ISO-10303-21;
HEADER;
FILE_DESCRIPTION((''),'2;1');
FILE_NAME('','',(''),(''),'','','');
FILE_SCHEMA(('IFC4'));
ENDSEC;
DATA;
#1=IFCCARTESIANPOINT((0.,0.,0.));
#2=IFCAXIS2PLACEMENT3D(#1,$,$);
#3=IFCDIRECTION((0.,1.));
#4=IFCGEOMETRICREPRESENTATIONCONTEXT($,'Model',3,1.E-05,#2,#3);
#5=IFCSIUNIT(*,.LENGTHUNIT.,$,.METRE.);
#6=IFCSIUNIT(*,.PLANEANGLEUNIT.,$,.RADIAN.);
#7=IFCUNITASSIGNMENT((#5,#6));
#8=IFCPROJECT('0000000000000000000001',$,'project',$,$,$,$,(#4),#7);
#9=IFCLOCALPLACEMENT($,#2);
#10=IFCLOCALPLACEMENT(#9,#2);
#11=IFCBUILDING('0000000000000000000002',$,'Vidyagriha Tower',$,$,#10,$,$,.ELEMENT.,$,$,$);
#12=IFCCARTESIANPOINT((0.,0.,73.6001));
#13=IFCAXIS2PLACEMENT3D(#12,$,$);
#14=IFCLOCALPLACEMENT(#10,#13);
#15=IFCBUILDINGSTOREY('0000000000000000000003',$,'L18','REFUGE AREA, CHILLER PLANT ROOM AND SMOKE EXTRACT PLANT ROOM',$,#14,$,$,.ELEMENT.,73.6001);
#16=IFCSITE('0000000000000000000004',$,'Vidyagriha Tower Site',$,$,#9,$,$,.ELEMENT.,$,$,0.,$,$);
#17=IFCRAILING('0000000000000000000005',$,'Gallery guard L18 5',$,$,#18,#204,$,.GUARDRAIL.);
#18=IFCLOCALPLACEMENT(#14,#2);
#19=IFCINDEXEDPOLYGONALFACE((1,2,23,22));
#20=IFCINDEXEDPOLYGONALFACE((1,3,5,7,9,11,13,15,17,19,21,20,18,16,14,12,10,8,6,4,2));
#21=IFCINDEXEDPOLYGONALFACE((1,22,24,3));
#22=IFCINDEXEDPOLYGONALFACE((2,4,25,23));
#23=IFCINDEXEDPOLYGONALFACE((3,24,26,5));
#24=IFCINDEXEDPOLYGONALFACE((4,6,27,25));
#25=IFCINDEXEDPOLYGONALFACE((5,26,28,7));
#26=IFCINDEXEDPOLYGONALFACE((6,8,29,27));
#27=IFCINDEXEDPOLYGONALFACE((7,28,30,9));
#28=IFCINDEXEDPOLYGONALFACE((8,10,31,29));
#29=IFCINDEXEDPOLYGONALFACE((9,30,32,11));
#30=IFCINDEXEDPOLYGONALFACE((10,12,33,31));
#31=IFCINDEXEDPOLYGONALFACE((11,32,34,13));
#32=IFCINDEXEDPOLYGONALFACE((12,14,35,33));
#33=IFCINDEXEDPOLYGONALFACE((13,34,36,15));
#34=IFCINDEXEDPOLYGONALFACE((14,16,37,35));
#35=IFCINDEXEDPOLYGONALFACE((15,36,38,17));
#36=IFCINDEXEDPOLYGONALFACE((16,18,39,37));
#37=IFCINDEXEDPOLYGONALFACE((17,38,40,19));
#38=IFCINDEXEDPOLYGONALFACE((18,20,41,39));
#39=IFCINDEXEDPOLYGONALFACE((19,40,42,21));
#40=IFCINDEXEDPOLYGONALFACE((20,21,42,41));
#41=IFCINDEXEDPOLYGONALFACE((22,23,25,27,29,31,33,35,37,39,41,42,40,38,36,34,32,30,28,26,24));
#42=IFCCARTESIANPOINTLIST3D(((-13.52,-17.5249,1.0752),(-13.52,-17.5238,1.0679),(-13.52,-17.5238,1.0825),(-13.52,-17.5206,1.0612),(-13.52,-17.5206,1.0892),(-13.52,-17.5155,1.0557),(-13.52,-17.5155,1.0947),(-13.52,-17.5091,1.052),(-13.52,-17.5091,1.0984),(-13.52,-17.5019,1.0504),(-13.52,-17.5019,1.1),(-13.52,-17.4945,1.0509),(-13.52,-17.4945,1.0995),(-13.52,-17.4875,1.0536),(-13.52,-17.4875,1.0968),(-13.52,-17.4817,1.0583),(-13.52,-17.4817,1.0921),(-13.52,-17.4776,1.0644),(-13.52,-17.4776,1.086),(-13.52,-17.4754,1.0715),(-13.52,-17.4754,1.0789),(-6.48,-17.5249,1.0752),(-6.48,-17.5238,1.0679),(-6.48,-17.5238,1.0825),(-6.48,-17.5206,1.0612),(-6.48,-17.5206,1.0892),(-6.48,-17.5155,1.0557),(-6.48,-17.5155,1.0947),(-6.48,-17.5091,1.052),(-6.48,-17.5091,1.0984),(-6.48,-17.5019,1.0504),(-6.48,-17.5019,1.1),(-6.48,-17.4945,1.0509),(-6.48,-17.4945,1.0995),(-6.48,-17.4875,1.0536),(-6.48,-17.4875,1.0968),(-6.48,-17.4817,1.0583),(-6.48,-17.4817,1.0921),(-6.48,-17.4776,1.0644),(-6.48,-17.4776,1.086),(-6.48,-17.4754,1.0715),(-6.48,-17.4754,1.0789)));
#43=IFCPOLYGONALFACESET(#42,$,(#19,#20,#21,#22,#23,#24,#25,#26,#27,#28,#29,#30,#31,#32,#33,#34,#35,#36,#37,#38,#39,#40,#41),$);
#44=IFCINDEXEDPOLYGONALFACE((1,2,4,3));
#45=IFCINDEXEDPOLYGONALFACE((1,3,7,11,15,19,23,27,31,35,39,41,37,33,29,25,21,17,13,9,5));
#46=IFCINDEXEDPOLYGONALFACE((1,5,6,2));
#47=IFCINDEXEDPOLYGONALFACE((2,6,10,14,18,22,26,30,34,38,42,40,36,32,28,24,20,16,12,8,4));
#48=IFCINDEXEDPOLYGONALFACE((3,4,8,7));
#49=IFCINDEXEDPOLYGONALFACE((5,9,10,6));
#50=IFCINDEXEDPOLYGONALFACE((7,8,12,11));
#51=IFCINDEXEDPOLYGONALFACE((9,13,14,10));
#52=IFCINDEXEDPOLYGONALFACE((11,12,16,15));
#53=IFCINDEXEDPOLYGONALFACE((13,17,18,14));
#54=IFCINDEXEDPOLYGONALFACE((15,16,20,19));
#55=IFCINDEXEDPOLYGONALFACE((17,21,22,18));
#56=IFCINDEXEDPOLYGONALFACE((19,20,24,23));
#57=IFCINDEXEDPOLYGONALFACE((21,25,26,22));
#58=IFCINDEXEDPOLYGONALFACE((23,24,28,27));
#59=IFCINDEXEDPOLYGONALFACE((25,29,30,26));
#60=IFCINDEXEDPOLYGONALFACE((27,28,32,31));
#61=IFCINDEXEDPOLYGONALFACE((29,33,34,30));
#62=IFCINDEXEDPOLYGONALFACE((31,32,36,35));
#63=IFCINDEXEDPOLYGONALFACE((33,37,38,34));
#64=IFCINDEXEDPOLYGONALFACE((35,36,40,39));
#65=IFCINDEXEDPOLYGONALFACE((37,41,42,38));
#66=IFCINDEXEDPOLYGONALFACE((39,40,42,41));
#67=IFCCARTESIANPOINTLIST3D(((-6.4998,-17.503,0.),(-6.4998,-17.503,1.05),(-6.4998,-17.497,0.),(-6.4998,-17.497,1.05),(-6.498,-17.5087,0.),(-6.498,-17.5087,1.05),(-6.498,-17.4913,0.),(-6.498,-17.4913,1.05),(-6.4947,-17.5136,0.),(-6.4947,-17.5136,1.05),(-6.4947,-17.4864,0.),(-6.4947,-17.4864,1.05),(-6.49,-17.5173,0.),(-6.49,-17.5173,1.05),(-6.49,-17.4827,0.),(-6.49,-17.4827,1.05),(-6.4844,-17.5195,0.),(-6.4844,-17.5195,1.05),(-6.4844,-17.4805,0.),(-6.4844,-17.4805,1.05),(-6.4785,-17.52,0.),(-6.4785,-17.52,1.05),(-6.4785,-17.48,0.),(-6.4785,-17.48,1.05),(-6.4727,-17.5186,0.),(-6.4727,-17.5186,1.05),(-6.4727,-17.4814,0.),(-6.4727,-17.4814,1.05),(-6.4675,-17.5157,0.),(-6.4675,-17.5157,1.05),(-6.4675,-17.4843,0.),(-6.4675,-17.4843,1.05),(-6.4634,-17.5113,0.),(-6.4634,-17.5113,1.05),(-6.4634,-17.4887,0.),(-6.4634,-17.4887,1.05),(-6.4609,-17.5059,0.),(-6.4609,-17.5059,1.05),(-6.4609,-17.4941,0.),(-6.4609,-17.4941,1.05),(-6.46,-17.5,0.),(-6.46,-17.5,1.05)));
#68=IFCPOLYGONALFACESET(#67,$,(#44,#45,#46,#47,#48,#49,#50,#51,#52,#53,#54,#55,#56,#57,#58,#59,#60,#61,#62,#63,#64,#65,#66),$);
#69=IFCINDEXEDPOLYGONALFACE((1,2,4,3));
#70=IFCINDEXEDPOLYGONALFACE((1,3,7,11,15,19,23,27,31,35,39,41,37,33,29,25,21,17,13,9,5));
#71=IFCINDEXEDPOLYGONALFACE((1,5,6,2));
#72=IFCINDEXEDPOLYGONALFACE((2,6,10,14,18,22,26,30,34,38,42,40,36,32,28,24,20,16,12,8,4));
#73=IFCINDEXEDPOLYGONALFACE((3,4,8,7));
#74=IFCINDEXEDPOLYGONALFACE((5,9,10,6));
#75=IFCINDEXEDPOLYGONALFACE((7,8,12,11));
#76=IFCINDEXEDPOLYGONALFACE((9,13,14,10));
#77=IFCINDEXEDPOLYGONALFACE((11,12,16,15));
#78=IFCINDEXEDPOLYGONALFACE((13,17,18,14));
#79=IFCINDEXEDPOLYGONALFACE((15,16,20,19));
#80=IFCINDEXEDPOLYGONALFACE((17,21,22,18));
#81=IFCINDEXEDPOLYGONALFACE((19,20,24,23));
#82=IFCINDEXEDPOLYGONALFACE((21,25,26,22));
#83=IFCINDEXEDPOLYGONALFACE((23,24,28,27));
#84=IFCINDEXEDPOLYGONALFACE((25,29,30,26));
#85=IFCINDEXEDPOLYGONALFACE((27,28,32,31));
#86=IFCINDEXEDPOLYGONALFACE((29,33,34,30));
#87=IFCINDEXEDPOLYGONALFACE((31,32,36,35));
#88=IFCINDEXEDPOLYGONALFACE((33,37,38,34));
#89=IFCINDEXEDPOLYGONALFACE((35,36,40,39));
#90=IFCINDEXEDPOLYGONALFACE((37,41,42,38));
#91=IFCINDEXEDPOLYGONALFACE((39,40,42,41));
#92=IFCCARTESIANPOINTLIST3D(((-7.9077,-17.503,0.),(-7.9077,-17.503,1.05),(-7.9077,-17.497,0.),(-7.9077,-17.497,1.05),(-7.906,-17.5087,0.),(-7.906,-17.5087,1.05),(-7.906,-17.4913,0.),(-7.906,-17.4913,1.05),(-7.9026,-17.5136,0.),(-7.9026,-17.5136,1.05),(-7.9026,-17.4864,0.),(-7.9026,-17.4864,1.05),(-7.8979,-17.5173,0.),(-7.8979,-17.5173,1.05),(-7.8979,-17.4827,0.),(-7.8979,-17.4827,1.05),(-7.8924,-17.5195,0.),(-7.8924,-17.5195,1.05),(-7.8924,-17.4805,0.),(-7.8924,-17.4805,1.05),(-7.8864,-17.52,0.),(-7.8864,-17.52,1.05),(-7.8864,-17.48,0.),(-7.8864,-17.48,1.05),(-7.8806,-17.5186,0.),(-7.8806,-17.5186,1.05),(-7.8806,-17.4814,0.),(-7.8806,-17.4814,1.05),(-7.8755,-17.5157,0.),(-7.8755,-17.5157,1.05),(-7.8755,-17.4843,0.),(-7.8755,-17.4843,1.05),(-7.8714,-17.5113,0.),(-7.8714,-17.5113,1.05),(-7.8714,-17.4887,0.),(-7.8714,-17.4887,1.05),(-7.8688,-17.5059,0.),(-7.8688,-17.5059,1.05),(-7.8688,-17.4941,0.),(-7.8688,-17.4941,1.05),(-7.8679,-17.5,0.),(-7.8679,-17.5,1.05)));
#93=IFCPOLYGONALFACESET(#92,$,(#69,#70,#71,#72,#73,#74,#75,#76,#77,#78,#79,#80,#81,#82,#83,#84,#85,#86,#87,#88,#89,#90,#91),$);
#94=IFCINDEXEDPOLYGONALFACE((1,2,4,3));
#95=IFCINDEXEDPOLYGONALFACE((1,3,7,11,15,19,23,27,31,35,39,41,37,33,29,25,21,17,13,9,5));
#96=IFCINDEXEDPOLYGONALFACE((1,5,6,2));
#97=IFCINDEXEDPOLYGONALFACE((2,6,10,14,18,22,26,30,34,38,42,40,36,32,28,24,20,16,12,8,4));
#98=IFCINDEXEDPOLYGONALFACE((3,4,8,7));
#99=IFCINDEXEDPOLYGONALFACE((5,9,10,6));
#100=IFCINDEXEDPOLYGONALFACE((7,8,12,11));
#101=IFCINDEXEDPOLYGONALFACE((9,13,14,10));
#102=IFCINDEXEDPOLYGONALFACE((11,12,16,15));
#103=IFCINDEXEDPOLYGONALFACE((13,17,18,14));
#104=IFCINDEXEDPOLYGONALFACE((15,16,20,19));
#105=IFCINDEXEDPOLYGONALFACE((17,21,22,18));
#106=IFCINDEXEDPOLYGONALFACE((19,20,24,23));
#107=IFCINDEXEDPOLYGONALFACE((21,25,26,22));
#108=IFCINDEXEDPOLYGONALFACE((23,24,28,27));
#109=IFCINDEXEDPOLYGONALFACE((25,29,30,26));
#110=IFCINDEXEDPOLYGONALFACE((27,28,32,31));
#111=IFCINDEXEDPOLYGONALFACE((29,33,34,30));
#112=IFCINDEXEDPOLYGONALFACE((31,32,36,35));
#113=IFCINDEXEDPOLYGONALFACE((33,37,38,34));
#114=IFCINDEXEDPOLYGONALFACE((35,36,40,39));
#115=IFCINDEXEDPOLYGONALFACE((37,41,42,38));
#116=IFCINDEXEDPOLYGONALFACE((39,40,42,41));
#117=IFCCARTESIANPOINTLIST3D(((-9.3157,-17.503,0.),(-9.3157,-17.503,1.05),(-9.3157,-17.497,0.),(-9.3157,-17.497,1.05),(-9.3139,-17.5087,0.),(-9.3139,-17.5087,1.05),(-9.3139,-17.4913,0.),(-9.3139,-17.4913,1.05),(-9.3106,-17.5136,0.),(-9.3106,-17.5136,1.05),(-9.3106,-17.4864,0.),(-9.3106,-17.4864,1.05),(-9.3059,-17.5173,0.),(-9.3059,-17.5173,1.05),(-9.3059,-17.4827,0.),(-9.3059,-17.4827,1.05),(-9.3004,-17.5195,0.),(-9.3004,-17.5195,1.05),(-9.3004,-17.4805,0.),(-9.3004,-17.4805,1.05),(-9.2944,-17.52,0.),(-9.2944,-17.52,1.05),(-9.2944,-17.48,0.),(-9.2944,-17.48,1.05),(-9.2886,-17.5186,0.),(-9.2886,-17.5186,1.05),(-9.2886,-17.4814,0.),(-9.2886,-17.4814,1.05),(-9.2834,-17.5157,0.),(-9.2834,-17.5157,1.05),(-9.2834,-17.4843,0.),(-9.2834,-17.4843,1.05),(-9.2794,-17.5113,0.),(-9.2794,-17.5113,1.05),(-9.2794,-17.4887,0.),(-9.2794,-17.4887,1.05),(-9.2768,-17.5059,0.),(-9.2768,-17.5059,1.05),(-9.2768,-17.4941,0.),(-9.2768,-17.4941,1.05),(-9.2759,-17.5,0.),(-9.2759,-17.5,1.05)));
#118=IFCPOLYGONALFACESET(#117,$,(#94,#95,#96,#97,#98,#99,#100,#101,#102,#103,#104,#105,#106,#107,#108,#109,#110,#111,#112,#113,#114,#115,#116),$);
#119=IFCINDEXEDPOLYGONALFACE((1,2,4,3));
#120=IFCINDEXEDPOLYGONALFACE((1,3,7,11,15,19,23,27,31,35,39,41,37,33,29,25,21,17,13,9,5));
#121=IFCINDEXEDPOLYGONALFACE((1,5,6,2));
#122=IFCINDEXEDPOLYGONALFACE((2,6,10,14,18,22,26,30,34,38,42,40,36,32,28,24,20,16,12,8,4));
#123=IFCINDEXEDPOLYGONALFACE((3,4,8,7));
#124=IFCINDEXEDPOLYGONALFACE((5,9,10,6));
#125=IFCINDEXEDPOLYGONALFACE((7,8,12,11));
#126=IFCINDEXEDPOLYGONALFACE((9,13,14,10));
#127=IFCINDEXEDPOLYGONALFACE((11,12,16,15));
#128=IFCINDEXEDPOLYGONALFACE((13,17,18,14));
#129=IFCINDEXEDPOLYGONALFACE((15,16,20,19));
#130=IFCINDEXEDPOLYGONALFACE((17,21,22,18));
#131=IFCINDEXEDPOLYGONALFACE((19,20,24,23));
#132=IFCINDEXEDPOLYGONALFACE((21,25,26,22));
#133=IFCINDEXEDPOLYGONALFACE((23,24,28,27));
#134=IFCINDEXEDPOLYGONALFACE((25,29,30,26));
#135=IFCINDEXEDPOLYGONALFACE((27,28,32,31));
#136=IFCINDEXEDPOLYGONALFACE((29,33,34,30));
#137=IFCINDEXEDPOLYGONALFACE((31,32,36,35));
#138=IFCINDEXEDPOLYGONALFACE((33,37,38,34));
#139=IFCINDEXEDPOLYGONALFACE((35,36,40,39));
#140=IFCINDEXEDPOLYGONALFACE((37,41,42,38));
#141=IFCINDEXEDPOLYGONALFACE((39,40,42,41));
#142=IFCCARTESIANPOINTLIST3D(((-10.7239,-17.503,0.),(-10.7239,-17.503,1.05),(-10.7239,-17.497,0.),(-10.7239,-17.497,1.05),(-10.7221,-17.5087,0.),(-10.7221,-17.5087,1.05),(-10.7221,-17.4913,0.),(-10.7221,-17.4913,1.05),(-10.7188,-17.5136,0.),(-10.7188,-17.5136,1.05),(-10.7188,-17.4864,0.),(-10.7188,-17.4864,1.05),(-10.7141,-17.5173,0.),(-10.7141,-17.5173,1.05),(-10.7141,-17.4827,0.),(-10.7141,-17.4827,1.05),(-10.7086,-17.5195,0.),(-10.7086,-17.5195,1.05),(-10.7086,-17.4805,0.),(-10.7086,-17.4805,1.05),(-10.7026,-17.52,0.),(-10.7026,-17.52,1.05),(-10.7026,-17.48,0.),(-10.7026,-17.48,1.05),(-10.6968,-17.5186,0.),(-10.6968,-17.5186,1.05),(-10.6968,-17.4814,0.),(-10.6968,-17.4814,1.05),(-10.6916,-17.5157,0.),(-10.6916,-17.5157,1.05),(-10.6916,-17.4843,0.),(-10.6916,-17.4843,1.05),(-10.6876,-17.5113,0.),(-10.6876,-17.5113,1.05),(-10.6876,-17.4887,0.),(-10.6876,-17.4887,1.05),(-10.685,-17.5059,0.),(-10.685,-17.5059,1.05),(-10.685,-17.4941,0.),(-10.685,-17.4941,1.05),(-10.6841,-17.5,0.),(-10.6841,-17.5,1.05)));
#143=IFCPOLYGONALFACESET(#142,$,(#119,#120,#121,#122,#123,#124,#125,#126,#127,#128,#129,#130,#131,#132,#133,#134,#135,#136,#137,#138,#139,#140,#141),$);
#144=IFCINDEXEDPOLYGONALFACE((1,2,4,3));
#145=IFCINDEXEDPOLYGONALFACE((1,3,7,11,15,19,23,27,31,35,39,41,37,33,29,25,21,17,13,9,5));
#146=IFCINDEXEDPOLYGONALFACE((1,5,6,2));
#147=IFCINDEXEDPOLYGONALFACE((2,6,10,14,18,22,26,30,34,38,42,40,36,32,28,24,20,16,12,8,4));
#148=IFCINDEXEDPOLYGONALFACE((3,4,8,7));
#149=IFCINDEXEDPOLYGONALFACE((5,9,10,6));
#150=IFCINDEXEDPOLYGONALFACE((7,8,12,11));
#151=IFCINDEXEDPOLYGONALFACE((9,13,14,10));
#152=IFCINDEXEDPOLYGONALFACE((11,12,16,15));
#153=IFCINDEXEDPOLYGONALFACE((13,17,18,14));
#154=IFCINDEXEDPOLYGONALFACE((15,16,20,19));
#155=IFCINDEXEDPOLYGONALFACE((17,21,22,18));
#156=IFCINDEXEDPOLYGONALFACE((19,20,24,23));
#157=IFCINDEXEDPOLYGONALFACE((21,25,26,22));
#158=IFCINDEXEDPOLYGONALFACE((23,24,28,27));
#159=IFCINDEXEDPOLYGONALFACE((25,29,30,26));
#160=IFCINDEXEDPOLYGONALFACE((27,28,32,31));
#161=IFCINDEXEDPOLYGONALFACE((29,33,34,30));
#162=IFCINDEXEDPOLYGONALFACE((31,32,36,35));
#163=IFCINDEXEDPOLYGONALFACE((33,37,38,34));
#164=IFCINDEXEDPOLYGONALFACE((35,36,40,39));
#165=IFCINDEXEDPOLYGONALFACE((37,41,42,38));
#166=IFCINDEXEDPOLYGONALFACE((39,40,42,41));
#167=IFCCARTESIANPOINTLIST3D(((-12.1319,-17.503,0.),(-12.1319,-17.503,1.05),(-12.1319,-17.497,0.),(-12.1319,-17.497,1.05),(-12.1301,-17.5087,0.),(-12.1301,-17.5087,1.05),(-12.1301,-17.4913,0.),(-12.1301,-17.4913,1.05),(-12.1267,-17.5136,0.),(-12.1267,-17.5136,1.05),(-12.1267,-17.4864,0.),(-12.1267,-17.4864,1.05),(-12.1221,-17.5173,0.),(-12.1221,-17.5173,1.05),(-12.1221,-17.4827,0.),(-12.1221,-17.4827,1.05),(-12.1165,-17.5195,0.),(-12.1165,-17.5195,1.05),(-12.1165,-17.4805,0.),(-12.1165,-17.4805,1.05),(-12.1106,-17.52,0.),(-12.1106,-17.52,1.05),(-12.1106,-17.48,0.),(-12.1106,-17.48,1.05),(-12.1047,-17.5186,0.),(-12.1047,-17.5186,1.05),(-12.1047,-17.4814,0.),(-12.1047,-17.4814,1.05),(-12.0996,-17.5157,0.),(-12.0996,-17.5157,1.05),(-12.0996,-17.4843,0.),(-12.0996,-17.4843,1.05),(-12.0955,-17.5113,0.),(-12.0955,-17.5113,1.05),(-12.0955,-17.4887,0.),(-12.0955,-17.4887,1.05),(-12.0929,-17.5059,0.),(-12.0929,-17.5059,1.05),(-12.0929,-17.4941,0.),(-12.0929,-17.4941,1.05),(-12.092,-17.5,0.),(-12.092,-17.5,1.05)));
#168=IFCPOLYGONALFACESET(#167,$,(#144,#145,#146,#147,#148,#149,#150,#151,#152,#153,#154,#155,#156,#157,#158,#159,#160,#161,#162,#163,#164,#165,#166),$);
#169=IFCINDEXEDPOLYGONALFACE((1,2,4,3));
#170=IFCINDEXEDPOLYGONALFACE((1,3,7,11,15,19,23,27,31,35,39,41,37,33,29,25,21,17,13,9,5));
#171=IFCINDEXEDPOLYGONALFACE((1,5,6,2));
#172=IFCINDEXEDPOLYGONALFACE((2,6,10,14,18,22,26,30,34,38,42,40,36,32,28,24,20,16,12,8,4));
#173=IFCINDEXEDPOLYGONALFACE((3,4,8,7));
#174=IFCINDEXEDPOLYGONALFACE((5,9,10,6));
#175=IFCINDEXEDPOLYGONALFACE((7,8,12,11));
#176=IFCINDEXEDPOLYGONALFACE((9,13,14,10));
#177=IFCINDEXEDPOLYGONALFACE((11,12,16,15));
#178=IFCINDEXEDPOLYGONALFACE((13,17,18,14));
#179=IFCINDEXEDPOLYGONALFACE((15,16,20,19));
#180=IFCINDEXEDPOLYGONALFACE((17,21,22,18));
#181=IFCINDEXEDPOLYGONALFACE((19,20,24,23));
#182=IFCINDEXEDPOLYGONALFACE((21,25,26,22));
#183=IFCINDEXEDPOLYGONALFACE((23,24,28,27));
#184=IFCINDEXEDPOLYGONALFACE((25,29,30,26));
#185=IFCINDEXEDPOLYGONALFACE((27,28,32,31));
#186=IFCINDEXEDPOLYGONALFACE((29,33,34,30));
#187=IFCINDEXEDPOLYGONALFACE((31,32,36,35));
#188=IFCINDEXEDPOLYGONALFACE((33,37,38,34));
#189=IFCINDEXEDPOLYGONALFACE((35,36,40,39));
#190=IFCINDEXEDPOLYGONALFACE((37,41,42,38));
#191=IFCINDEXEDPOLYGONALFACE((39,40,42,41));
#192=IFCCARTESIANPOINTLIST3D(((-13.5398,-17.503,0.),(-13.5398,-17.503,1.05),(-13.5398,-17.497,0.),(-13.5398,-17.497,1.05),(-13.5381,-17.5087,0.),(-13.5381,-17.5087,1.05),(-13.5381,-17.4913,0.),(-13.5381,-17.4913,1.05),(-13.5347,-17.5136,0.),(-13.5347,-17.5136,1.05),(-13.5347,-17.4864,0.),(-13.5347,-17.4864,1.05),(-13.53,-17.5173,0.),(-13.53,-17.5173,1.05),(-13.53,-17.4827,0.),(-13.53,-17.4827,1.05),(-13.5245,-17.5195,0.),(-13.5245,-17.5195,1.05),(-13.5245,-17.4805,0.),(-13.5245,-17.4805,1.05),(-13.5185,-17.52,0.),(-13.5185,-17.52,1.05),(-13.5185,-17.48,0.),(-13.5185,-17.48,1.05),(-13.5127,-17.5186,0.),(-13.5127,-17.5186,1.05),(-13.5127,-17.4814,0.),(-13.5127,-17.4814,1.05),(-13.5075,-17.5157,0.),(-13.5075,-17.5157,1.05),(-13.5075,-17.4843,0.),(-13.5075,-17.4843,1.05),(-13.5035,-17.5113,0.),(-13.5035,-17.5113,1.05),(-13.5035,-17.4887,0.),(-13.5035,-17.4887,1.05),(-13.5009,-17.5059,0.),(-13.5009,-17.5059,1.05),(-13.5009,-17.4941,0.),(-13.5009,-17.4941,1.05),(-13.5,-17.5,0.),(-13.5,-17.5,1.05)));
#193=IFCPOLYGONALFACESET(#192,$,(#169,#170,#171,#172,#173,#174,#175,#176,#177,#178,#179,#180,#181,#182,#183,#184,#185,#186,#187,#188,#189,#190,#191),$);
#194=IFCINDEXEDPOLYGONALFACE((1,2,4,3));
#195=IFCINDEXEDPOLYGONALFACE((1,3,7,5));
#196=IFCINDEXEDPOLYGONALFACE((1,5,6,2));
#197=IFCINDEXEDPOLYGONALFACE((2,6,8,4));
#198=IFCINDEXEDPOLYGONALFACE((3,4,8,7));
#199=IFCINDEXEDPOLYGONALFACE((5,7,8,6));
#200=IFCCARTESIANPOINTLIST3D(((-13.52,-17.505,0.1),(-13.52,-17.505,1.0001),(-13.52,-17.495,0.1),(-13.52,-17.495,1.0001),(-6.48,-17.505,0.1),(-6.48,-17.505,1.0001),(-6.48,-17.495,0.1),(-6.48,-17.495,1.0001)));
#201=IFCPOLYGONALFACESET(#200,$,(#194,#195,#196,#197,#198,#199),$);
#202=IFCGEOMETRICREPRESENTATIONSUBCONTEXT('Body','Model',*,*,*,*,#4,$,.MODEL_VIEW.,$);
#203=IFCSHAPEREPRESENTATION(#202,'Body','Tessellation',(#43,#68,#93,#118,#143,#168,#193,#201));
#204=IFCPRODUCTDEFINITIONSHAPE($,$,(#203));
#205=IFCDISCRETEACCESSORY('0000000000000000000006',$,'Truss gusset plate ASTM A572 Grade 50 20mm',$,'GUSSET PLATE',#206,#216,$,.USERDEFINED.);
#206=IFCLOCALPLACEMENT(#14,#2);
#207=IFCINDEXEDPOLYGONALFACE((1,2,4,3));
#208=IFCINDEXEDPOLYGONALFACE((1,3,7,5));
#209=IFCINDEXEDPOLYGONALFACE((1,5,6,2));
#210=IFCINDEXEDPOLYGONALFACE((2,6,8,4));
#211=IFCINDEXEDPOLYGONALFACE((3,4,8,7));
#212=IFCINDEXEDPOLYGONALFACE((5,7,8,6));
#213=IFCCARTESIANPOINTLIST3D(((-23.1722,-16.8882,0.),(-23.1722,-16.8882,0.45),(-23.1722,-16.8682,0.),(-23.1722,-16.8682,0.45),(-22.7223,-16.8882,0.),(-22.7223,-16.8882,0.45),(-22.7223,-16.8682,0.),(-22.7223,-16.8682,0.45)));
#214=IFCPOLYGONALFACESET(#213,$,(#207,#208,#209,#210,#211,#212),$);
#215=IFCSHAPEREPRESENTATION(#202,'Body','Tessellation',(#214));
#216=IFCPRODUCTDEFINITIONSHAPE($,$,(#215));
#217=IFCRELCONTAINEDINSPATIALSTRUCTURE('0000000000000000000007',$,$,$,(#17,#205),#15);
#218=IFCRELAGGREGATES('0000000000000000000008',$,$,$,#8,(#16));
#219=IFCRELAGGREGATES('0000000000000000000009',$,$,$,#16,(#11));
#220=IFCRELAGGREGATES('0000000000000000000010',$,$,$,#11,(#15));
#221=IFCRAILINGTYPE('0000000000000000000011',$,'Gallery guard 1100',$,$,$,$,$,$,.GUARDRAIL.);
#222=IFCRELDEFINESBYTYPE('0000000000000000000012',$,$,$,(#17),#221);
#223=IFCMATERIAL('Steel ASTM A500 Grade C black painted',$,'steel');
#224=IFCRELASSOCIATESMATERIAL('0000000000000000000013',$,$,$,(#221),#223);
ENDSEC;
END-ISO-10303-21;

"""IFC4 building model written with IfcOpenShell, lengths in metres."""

from ifc_helpers import new_model, si_unit, direction, frame, origin, origin_2d, place, context, subcontext, project, spatial, rectangle, circle, extrude, material, type_object, element, save


model = new_model("IFC4")

# Units and contexts
model_context = context("Model", 3, precision=1e-05, world=origin(), true_north=direction((0.0, 1.0)))
body_context = subcontext(model_context, "Body", "Model", "MODEL_VIEW")
ifc_project = project(units=[si_unit("LENGTHUNIT", "METRE"), si_unit("PLANEANGLEUNIT", "RADIAN")], contexts=[model_context])

# Site, building, storey
site_placement = place(None, origin())
site = spatial("IfcSite", under=ifc_project, at=site_placement, Name="Vidyagriha Tower Site", CompositionType="ELEMENT", RefElevation=0.0)
building_placement = place(site_placement, origin())
building = spatial("IfcBuilding", under=site, at=building_placement, Name="Vidyagriha Tower", CompositionType="ELEMENT")
storey_placement = place(building_placement, frame((0.0, 0.0, 73.6001)))
storey = spatial("IfcBuildingStorey", under=building, at=storey_placement, Name="L18", Description="REFUGE AREA, CHILLER PLANT ROOM AND SMOKE EXTRACT PLANT ROOM", CompositionType="ELEMENT", Elevation=73.6001)

# Railing
ifc_material_1 = material(Name="Steel ASTM A500 Grade C black painted", Category="steel")
railing_type = type_object("IfcRailingType", Name="Gallery guard 1100", PredefinedType="GUARDRAIL", material=ifc_material_1)
for number, where, name in (
    (1, (-6.48, -17.5, 0.0), "Gallery guard L18 5"),
):
    element("IfcRailing", number, at=place(storey_placement, frame(where)), inside=storey, type_object=railing_type, Name=name, PredefinedType="GUARDRAIL", context=body_context, shape_type="SweptSolid", body=[
        extrude(circle(Radius=0.0249, at=origin_2d()), frame((0.0, 0.0, 1.0752), z_axis=(-1.0, 0.0, 0.0), x_axis=(0.0, -1.0, 0.0)), (0.0, 0.0, 1.0), 7.04),
        extrude(circle(Radius=0.02, at=origin_2d()), origin(), (0.0, 0.0, 1.0), 1.05),
        extrude(circle(Radius=0.02, at=origin_2d()), frame((-1.408, 0.0, 0.0)), (0.0, 0.0, 1.0), 1.05),
        extrude(circle(Radius=0.02, at=origin_2d()), frame((-2.8159, 0.0, 0.0)), (0.0, 0.0, 1.0), 1.05),
        extrude(circle(Radius=0.02, at=origin_2d()), frame((-4.2241, 0.0, 0.0)), (0.0, 0.0, 1.0), 1.05),
        extrude(circle(Radius=0.02, at=origin_2d()), frame((-5.6321, 0.0, 0.0)), (0.0, 0.0, 1.0), 1.05),
        extrude(circle(Radius=0.02, at=origin_2d()), frame((-7.04, 0.0, 0.0)), (0.0, 0.0, 1.0), 1.05),
        extrude(rectangle(XDim=0.01, YDim=0.9001, at=origin_2d()), frame((0.0, 0.0, 0.55), z_axis=(-1.0, 0.0, 0.0), x_axis=(0.0, -1.0, 0.0)), (0.0, 0.0, 1.0), 7.04),
    ])

# Discrete accessory
for number, where, name in (
    (2, (-22.9473, -16.8782, 0.0), "Truss gusset plate ASTM A572 Grade 50 20mm"),
):
    element("IfcDiscreteAccessory", number, at=place(storey_placement, frame(where)), inside=storey, Name=name, ObjectType="GUSSET PLATE", PredefinedType="USERDEFINED", context=body_context, shape_type="SweptSolid", body=[
        extrude(rectangle(XDim=0.45, YDim=0.02, at=origin_2d()), origin(), (0.0, 0.0, 1.0), 0.45),
    ])

save(model, "model.ifc")
